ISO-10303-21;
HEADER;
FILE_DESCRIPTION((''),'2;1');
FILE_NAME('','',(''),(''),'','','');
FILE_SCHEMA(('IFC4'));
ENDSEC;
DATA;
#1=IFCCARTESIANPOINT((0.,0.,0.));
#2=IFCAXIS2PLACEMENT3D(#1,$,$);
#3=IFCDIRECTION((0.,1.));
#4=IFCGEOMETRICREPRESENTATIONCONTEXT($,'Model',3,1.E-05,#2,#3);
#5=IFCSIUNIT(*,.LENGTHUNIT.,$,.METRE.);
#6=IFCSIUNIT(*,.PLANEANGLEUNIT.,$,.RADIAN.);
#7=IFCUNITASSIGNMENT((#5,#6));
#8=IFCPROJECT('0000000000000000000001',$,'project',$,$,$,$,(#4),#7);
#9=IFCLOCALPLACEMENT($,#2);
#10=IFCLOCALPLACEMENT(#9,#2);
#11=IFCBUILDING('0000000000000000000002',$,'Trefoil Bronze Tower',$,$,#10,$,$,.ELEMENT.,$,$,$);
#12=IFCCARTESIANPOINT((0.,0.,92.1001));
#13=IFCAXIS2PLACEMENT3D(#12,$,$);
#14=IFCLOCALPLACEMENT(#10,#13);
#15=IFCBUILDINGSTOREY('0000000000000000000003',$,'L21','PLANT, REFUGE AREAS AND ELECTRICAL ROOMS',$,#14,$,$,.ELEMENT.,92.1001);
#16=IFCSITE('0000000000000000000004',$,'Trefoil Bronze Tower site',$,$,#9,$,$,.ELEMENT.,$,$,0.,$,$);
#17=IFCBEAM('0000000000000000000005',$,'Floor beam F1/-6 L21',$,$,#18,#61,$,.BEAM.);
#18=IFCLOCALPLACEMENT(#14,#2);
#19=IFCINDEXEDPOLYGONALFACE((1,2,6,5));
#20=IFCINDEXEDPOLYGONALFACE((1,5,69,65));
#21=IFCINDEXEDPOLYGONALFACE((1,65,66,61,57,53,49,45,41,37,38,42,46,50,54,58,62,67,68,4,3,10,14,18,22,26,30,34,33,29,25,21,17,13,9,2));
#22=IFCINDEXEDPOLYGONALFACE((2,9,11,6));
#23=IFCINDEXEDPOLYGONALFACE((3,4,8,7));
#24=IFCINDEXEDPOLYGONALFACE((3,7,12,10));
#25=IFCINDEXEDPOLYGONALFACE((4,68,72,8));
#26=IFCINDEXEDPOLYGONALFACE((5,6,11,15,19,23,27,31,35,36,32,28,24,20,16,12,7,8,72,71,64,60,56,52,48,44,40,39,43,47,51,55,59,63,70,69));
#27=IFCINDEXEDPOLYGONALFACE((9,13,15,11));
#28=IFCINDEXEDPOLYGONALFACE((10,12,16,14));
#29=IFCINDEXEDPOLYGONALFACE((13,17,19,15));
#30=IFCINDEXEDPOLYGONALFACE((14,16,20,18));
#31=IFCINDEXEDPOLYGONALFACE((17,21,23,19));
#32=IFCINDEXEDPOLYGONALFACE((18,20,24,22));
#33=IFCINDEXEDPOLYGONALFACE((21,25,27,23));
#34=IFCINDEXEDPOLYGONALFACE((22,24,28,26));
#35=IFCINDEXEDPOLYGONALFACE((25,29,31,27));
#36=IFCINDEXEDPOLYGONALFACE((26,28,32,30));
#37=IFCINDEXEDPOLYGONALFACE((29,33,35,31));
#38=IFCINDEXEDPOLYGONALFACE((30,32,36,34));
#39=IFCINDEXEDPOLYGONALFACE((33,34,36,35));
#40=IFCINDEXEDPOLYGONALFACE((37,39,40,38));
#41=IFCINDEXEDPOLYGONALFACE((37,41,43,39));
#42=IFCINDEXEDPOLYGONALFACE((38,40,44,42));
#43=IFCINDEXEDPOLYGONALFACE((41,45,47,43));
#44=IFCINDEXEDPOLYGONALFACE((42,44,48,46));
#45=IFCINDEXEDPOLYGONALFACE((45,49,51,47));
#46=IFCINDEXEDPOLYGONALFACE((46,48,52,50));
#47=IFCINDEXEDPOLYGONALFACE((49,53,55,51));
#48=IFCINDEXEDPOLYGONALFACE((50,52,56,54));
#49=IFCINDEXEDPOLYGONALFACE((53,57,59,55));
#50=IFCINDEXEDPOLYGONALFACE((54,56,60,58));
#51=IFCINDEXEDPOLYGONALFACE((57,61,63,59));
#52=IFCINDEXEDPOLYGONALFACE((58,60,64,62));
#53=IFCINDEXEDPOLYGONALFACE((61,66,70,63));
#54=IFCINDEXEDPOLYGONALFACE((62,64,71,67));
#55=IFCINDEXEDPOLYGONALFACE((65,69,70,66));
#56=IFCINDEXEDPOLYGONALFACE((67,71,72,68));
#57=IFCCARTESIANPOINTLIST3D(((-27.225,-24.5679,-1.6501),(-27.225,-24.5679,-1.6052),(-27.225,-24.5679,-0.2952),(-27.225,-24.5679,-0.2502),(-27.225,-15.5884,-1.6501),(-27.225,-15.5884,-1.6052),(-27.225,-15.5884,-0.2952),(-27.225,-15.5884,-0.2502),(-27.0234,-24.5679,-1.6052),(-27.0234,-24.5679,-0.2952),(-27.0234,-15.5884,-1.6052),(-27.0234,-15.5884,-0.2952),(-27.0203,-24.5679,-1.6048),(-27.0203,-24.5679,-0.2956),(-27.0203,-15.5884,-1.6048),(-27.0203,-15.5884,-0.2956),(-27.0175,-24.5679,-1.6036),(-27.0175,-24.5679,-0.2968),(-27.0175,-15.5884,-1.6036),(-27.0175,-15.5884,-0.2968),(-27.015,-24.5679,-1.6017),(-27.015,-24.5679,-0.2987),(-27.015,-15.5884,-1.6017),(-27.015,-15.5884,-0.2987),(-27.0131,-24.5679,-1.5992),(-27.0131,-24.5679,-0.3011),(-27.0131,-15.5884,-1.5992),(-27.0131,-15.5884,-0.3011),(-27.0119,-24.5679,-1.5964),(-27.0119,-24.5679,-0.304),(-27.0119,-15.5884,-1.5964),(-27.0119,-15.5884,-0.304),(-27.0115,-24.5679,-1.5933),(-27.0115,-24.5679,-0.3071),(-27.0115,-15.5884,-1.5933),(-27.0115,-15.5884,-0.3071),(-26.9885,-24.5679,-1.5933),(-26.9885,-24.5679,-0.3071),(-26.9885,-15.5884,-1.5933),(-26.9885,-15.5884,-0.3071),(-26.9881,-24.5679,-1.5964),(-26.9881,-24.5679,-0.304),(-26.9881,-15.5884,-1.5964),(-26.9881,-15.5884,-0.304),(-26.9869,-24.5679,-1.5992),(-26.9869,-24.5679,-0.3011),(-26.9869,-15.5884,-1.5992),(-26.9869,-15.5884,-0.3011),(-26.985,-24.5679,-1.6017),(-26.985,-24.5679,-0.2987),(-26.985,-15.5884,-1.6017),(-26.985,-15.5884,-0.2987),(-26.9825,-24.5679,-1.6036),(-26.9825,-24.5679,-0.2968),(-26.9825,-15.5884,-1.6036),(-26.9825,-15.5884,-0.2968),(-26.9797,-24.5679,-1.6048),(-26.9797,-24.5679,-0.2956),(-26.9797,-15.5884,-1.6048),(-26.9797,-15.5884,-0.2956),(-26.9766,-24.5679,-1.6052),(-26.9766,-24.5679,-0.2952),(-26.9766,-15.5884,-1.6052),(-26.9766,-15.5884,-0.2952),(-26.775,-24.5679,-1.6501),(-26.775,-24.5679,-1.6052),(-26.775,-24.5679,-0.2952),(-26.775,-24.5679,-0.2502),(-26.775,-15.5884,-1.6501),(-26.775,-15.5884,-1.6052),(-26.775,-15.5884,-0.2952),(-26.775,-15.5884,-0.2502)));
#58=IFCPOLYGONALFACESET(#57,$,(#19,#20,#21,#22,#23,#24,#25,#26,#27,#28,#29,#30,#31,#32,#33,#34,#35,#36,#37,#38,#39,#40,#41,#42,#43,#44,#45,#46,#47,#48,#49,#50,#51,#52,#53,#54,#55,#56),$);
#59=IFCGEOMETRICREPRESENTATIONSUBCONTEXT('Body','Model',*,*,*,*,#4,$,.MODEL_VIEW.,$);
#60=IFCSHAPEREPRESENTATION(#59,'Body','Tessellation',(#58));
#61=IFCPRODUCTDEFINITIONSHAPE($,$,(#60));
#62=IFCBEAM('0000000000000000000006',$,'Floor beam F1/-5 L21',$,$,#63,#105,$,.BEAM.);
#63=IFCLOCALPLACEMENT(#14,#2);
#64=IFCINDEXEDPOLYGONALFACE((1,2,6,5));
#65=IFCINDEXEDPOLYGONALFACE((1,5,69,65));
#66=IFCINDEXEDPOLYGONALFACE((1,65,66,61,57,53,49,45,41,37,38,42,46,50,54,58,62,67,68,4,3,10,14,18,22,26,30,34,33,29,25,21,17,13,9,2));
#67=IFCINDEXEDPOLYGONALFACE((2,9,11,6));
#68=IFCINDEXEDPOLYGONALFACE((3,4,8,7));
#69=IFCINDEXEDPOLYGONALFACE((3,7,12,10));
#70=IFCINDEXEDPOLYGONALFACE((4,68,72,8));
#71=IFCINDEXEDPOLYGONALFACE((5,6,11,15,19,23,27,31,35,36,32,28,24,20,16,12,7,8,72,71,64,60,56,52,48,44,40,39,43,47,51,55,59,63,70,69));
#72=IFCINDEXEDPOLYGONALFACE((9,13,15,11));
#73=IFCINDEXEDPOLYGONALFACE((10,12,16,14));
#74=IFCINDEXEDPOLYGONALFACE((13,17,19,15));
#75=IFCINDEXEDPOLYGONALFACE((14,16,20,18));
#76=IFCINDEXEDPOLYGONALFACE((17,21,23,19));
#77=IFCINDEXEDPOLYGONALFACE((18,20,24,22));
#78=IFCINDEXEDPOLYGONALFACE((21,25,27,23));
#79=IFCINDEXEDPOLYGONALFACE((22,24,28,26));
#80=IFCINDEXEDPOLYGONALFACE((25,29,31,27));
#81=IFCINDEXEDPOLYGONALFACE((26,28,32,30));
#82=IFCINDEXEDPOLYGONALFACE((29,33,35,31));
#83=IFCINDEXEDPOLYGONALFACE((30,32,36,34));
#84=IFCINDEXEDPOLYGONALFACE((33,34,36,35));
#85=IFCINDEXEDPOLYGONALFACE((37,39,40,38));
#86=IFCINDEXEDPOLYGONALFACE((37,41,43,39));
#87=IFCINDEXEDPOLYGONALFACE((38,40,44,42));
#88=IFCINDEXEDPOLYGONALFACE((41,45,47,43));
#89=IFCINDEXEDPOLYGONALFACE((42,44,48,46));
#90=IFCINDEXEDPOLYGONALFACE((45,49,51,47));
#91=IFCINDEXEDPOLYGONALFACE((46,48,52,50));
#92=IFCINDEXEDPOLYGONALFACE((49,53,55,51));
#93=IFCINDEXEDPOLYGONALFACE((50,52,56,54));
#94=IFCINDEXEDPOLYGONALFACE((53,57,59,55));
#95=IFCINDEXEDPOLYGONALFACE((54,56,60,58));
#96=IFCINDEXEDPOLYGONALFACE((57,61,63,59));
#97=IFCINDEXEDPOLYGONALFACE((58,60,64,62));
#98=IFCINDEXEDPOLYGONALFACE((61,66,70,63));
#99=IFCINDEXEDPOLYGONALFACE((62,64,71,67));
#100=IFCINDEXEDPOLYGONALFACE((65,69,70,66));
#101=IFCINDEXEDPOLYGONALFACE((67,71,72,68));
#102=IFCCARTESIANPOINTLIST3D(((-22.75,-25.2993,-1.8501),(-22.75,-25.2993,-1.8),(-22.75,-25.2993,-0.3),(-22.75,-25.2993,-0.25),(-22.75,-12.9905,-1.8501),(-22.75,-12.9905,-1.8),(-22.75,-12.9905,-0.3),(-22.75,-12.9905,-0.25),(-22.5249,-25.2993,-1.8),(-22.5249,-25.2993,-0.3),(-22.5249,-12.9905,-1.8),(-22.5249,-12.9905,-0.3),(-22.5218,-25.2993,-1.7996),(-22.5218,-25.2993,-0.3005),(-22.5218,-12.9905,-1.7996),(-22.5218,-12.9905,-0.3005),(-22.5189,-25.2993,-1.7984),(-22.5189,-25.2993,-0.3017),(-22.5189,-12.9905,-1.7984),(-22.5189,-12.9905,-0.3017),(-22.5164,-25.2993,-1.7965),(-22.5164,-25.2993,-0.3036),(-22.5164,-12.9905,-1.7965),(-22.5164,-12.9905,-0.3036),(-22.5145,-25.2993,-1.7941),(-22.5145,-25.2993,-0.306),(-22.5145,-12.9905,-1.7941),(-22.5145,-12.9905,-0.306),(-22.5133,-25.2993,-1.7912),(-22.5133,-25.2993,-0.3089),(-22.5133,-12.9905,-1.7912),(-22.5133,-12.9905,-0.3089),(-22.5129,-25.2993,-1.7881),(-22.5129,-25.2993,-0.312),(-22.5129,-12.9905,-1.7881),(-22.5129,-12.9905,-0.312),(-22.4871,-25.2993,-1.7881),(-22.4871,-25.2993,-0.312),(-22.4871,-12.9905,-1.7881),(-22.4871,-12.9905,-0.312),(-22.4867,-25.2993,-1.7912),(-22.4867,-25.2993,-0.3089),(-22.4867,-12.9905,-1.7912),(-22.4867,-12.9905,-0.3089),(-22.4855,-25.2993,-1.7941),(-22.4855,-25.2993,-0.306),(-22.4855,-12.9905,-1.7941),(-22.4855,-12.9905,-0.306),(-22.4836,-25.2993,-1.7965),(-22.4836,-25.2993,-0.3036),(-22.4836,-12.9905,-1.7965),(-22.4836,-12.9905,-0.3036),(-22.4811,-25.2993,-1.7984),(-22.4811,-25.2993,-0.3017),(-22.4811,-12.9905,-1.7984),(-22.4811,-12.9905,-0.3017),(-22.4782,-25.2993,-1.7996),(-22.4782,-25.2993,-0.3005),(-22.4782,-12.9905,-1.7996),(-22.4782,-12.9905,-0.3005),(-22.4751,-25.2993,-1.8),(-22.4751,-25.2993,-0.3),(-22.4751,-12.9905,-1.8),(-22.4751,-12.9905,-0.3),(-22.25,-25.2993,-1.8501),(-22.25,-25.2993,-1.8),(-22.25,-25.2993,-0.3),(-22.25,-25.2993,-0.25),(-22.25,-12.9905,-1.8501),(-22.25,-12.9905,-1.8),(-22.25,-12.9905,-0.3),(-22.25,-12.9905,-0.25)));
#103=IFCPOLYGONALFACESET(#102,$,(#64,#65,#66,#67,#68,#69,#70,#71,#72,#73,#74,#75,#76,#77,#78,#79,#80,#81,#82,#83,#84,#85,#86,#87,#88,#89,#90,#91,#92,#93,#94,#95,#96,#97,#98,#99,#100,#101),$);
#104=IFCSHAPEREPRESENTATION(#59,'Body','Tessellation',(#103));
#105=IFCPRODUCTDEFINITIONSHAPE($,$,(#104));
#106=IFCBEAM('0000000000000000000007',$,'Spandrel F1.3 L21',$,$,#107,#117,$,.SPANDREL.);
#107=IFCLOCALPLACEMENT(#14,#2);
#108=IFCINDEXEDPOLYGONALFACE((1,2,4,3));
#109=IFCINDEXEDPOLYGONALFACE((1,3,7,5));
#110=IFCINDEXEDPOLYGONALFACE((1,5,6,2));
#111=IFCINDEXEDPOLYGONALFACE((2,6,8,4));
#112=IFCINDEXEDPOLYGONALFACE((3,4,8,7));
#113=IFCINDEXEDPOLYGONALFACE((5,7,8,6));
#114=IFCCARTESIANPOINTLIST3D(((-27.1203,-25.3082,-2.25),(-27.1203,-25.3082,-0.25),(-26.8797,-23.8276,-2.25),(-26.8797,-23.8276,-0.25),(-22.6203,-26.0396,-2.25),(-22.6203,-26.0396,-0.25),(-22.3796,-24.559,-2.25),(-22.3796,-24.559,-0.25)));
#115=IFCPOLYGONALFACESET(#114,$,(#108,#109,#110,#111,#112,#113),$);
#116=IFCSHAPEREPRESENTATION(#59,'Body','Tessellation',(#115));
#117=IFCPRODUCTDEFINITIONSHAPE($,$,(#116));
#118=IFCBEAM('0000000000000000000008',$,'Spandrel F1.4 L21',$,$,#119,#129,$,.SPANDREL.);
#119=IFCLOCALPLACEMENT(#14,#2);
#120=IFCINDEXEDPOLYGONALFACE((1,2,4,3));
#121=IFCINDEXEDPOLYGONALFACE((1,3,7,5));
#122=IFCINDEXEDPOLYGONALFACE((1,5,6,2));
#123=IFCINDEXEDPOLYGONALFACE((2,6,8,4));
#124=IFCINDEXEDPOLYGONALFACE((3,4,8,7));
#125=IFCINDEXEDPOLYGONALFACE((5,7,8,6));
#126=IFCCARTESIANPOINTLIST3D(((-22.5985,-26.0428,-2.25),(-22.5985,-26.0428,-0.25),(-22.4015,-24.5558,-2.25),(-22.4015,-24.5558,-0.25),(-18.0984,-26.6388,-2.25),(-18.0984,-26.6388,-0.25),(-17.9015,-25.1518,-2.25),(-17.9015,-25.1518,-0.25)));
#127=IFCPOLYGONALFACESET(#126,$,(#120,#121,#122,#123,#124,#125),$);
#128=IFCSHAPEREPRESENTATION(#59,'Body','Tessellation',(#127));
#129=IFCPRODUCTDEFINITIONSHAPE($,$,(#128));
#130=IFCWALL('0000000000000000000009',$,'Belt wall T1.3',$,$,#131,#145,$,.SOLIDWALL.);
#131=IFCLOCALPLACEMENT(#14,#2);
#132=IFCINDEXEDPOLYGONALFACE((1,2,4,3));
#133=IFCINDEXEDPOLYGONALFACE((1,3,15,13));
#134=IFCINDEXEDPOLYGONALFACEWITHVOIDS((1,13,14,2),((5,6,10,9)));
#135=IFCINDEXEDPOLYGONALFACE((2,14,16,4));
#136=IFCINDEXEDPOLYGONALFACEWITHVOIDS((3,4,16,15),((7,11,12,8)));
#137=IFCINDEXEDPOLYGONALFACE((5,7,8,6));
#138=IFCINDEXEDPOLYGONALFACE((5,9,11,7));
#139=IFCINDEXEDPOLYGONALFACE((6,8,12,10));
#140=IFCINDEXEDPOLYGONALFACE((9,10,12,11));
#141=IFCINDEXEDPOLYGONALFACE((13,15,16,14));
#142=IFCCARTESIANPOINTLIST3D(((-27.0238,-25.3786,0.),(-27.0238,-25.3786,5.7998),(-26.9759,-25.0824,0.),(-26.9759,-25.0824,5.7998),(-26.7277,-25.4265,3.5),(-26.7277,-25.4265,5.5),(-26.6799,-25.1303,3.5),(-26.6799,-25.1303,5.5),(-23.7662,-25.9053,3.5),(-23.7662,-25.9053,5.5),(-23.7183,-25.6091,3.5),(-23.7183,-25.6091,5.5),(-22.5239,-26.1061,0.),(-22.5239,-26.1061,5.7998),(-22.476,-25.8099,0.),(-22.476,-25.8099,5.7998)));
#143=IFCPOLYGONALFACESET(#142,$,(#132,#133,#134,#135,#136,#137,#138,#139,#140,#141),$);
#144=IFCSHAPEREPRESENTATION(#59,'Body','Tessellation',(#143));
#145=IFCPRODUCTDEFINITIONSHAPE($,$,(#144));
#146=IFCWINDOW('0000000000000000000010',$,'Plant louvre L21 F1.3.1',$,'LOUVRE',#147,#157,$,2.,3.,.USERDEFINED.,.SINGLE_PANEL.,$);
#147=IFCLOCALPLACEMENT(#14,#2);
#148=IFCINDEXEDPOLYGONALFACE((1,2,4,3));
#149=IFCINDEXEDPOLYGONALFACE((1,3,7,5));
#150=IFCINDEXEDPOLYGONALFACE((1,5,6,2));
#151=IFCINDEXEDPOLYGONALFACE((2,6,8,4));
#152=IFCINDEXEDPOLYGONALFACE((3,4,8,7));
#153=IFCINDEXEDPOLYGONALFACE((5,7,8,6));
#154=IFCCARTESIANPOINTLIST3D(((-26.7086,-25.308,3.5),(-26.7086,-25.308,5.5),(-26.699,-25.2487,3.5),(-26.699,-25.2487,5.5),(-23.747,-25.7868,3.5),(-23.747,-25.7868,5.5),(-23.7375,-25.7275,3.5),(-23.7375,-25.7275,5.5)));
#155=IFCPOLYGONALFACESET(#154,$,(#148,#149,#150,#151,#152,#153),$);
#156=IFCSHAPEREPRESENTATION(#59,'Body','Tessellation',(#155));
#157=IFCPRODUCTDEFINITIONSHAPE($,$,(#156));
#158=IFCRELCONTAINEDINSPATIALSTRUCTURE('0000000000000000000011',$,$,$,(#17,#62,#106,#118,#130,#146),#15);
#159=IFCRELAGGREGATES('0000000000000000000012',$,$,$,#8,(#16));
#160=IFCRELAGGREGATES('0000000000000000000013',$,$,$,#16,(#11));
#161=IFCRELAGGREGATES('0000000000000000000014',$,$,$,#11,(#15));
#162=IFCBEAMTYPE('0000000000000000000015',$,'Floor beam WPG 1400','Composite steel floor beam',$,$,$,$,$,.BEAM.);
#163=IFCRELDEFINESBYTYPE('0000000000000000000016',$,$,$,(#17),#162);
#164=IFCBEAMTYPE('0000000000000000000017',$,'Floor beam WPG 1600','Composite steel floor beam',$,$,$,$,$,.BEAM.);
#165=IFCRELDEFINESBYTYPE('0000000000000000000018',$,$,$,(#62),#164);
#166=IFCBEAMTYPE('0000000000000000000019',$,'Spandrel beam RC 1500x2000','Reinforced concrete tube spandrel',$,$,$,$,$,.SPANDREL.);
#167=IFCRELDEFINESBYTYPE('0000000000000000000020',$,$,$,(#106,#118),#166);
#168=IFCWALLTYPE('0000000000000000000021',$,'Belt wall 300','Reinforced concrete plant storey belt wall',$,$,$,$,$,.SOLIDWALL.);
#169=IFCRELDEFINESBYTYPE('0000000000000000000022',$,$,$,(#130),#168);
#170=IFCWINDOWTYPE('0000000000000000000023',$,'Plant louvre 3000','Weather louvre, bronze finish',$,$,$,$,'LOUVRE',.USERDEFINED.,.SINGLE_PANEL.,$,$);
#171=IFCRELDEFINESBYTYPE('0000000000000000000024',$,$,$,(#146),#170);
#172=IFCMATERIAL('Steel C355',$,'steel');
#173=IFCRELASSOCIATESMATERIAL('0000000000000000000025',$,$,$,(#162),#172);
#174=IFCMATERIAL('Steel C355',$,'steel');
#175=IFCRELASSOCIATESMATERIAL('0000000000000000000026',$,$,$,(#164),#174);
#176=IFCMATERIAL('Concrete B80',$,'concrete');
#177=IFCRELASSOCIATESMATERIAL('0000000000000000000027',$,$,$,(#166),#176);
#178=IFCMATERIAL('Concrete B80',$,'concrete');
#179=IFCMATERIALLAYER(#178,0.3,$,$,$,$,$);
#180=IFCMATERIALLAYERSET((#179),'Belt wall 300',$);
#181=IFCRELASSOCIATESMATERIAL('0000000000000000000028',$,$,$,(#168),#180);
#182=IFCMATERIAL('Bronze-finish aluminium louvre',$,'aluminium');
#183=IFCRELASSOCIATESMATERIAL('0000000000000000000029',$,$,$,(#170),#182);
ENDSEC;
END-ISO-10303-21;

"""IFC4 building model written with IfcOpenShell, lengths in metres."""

from ifc_helpers import new_model, si_unit, direction, frame, frame_2d, origin, origin_2d, place, context, subcontext, project, spatial, rectangle, i_section, extrude, material, layer, layer_set, material_profile, profile_set, type_object, element, fill, save


model = new_model("IFC4")

# Units and contexts
model_context = context("Model", 3, precision=1e-05, world=origin(), true_north=direction((0.0, 1.0)))
body_context = subcontext(model_context, "Body", "Model", "MODEL_VIEW")
ifc_project = project(units=[si_unit("LENGTHUNIT", "METRE"), si_unit("PLANEANGLEUNIT", "RADIAN")], contexts=[model_context])

# Site, building, storey
site_placement = place(None, origin())
site = spatial("IfcSite", under=ifc_project, at=site_placement, Name="Trefoil Bronze Tower site", CompositionType="ELEMENT", RefElevation=0.0)
building_placement = place(site_placement, origin())
building = spatial("IfcBuilding", under=site, at=building_placement, Name="Trefoil Bronze Tower", CompositionType="ELEMENT")
storey_placement = place(building_placement, frame((0.0, 0.0, 92.1001)))
storey = spatial("IfcBuildingStorey", under=building, at=storey_placement, Name="L21", Description="PLANT, REFUGE AREAS AND ELECTRICAL ROOMS", CompositionType="ELEMENT", Elevation=92.1001)

# Beams
ifc_material_1 = material(Name="Steel C355", Category="steel")
ifc_material_profile_1 = material_profile(ifc_material_1, i_section(OverallWidth=0.45, OverallDepth=1.3999, WebThickness=0.0229, FlangeThickness=0.0449, FilletRadius=0.012, at=origin_2d()), Name="WPG 1400")
ifc_profile_set_1 = profile_set([ifc_material_profile_1], Name="Steel C355")
beam_type_1 = type_object("IfcBeamType", Name="Floor beam WPG 1400", Description="Composite steel floor beam", PredefinedType="BEAM", material=ifc_profile_set_1)
beam_1_placement = place(storey_placement, frame((-27.0, -24.5679, -0.9502), z_axis=(0.0, 1.0, 0.0), x_axis=(-1.0, 0.0, 0.0)))
element("IfcBeam", 1, at=beam_1_placement, inside=storey, type_object=beam_type_1, Name="Floor beam F1/-6 L21", PredefinedType="BEAM", context=body_context, shape_type="SweptSolid", body=[
    extrude(i_section(OverallWidth=0.45, OverallDepth=1.3999, WebThickness=0.0229, FlangeThickness=0.0449, FilletRadius=0.012, at=origin_2d()), origin(), (0.0, 0.0, 1.0), 8.9795),
])
ifc_material_2 = material(Name="Steel C355", Category="steel")
ifc_material_profile_2 = material_profile(ifc_material_2, i_section(OverallWidth=0.5, OverallDepth=1.6001, WebThickness=0.0259, FlangeThickness=0.05, FilletRadius=0.012, at=origin_2d()), Name="WPG 1600")
ifc_profile_set_2 = profile_set([ifc_material_profile_2], Name="Steel C355")
beam_type_2 = type_object("IfcBeamType", Name="Floor beam WPG 1600", Description="Composite steel floor beam", PredefinedType="BEAM", material=ifc_profile_set_2)
beam_2_placement = place(storey_placement, frame((-22.5, -25.2993, -1.05), z_axis=(0.0, 1.0, 0.0), x_axis=(-1.0, 0.0, 0.0)))
element("IfcBeam", 2, at=beam_2_placement, inside=storey, type_object=beam_type_2, Name="Floor beam F1/-5 L21", PredefinedType="BEAM", context=body_context, shape_type="SweptSolid", body=[
    extrude(i_section(OverallWidth=0.5, OverallDepth=1.6001, WebThickness=0.0259, FlangeThickness=0.05, FilletRadius=0.012, at=origin_2d()), origin(), (0.0, 0.0, 1.0), 12.3088),
])
ifc_material_3 = material(Name="Concrete B80", Category="concrete")
ifc_material_profile_3 = material_profile(ifc_material_3, rectangle(XDim=1.5, YDim=2.0, at=origin_2d()), Name="RC 1500x2000")
ifc_profile_set_3 = profile_set([ifc_material_profile_3], Name="Concrete B80")
beam_type_3 = type_object("IfcBeamType", Name="Spandrel beam RC 1500x2000", Description="Reinforced concrete tube spandrel", PredefinedType="SPANDREL", material=ifc_profile_set_3)
beam_3_placement = place(storey_placement, frame((-27.0, -24.5679, -1.25), z_axis=(0.987046, -0.160438, 0.0), x_axis=(0.160438, 0.987046, 0.0)))
element("IfcBeam", 3, at=beam_3_placement, inside=storey, type_object=beam_type_3, Name="Spandrel F1.3 L21", PredefinedType="SPANDREL", context=body_context, shape_type="SweptSolid", body=[
    extrude(rectangle(XDim=1.5, YDim=2.0, at=origin_2d()), origin(), (0.0, 0.0, 1.0), 4.5591),
])
beam_4_placement = place(storey_placement, frame((-22.5, -25.2993, -1.25), z_axis=(0.991344, -0.131286, 0.0), x_axis=(0.131286, 0.991344, 0.0)))
element("IfcBeam", 4, at=beam_4_placement, inside=storey, type_object=beam_type_3, Name="Spandrel F1.4 L21", PredefinedType="SPANDREL", context=body_context, shape_type="SweptSolid", body=[
    extrude(rectangle(XDim=1.5, YDim=2.0, at=origin_2d()), origin(), (0.0, 0.0, 1.0), 4.5393),
])

# Wall, opening, window
ifc_material_4 = material(Name="Concrete B80", Category="concrete")
ifc_layer_1 = layer(ifc_material_4, 0.3)
ifc_layer_set_1 = layer_set([ifc_layer_1], Name="Belt wall 300")
wall_type = type_object("IfcWallType", Name="Belt wall 300", Description="Reinforced concrete plant storey belt wall", PredefinedType="SOLIDWALL", material=ifc_layer_set_1)
wall_1_placement = place(storey_placement, frame((-27.0, -25.2305, 0.0), z_axis=(0.0, 0.0, 1.0), x_axis=(0.987181, -0.159603, 0.0)))
wall_1 = element("IfcWall", 5, at=wall_1_placement, inside=storey, type_object=wall_type, Name="Belt wall T1.3", PredefinedType="SOLIDWALL", context=body_context, shape_type="SweptSolid", body=[
    extrude(rectangle(XDim=4.5583, YDim=0.3, at=frame_2d((2.2793, 0.0))), origin(), (0.0, 0.0, 1.0), 5.7998),
])
opening_1_placement = place(wall_1_placement, frame((0.3, 0.0, 3.5)))
opening_1 = element("IfcOpeningElement", 6, at=opening_1_placement, cuts=wall_1, PredefinedType="OPENING", context=body_context, shape_type="SweptSolid", body=[
    extrude(rectangle(XDim=3.0, YDim=2.0, at=frame_2d((1.5, 1.0))), frame((0.0, 0.1599, 0.0), z_axis=(0.0, -1.0, 0.0), x_axis=(1.0, 0.0, 0.0)), (0.0, 0.0, 1.0), 0.3201),
])
ifc_material_5 = material(Name="Bronze-finish aluminium louvre", Category="aluminium")
window_type = type_object("IfcWindowType", Name="Plant louvre 3000", Description="Weather louvre, bronze finish", ElementType="LOUVRE", PartitioningType="SINGLE_PANEL", PredefinedType="USERDEFINED", material=ifc_material_5)
window_1_placement = place(opening_1_placement, origin())
window_1 = element("IfcWindow", 7, at=window_1_placement, inside=storey, type_object=window_type, Name="Plant louvre L21 F1.3.1", ObjectType="LOUVRE", OverallHeight=2.0, OverallWidth=3.0, PartitioningType="SINGLE_PANEL", PredefinedType="USERDEFINED", context=body_context, shape_type="SweptSolid", body=[
    extrude(rectangle(XDim=3.0, YDim=2.0, at=frame_2d((1.5, 1.0))), frame((0.0, 0.03, 0.0), z_axis=(0.0, -1.0, 0.0), x_axis=(1.0, 0.0, 0.0)), (0.0, 0.0, 1.0), 0.0601),
])
fill(opening_1, window_1)

save(model, "model.ifc")
